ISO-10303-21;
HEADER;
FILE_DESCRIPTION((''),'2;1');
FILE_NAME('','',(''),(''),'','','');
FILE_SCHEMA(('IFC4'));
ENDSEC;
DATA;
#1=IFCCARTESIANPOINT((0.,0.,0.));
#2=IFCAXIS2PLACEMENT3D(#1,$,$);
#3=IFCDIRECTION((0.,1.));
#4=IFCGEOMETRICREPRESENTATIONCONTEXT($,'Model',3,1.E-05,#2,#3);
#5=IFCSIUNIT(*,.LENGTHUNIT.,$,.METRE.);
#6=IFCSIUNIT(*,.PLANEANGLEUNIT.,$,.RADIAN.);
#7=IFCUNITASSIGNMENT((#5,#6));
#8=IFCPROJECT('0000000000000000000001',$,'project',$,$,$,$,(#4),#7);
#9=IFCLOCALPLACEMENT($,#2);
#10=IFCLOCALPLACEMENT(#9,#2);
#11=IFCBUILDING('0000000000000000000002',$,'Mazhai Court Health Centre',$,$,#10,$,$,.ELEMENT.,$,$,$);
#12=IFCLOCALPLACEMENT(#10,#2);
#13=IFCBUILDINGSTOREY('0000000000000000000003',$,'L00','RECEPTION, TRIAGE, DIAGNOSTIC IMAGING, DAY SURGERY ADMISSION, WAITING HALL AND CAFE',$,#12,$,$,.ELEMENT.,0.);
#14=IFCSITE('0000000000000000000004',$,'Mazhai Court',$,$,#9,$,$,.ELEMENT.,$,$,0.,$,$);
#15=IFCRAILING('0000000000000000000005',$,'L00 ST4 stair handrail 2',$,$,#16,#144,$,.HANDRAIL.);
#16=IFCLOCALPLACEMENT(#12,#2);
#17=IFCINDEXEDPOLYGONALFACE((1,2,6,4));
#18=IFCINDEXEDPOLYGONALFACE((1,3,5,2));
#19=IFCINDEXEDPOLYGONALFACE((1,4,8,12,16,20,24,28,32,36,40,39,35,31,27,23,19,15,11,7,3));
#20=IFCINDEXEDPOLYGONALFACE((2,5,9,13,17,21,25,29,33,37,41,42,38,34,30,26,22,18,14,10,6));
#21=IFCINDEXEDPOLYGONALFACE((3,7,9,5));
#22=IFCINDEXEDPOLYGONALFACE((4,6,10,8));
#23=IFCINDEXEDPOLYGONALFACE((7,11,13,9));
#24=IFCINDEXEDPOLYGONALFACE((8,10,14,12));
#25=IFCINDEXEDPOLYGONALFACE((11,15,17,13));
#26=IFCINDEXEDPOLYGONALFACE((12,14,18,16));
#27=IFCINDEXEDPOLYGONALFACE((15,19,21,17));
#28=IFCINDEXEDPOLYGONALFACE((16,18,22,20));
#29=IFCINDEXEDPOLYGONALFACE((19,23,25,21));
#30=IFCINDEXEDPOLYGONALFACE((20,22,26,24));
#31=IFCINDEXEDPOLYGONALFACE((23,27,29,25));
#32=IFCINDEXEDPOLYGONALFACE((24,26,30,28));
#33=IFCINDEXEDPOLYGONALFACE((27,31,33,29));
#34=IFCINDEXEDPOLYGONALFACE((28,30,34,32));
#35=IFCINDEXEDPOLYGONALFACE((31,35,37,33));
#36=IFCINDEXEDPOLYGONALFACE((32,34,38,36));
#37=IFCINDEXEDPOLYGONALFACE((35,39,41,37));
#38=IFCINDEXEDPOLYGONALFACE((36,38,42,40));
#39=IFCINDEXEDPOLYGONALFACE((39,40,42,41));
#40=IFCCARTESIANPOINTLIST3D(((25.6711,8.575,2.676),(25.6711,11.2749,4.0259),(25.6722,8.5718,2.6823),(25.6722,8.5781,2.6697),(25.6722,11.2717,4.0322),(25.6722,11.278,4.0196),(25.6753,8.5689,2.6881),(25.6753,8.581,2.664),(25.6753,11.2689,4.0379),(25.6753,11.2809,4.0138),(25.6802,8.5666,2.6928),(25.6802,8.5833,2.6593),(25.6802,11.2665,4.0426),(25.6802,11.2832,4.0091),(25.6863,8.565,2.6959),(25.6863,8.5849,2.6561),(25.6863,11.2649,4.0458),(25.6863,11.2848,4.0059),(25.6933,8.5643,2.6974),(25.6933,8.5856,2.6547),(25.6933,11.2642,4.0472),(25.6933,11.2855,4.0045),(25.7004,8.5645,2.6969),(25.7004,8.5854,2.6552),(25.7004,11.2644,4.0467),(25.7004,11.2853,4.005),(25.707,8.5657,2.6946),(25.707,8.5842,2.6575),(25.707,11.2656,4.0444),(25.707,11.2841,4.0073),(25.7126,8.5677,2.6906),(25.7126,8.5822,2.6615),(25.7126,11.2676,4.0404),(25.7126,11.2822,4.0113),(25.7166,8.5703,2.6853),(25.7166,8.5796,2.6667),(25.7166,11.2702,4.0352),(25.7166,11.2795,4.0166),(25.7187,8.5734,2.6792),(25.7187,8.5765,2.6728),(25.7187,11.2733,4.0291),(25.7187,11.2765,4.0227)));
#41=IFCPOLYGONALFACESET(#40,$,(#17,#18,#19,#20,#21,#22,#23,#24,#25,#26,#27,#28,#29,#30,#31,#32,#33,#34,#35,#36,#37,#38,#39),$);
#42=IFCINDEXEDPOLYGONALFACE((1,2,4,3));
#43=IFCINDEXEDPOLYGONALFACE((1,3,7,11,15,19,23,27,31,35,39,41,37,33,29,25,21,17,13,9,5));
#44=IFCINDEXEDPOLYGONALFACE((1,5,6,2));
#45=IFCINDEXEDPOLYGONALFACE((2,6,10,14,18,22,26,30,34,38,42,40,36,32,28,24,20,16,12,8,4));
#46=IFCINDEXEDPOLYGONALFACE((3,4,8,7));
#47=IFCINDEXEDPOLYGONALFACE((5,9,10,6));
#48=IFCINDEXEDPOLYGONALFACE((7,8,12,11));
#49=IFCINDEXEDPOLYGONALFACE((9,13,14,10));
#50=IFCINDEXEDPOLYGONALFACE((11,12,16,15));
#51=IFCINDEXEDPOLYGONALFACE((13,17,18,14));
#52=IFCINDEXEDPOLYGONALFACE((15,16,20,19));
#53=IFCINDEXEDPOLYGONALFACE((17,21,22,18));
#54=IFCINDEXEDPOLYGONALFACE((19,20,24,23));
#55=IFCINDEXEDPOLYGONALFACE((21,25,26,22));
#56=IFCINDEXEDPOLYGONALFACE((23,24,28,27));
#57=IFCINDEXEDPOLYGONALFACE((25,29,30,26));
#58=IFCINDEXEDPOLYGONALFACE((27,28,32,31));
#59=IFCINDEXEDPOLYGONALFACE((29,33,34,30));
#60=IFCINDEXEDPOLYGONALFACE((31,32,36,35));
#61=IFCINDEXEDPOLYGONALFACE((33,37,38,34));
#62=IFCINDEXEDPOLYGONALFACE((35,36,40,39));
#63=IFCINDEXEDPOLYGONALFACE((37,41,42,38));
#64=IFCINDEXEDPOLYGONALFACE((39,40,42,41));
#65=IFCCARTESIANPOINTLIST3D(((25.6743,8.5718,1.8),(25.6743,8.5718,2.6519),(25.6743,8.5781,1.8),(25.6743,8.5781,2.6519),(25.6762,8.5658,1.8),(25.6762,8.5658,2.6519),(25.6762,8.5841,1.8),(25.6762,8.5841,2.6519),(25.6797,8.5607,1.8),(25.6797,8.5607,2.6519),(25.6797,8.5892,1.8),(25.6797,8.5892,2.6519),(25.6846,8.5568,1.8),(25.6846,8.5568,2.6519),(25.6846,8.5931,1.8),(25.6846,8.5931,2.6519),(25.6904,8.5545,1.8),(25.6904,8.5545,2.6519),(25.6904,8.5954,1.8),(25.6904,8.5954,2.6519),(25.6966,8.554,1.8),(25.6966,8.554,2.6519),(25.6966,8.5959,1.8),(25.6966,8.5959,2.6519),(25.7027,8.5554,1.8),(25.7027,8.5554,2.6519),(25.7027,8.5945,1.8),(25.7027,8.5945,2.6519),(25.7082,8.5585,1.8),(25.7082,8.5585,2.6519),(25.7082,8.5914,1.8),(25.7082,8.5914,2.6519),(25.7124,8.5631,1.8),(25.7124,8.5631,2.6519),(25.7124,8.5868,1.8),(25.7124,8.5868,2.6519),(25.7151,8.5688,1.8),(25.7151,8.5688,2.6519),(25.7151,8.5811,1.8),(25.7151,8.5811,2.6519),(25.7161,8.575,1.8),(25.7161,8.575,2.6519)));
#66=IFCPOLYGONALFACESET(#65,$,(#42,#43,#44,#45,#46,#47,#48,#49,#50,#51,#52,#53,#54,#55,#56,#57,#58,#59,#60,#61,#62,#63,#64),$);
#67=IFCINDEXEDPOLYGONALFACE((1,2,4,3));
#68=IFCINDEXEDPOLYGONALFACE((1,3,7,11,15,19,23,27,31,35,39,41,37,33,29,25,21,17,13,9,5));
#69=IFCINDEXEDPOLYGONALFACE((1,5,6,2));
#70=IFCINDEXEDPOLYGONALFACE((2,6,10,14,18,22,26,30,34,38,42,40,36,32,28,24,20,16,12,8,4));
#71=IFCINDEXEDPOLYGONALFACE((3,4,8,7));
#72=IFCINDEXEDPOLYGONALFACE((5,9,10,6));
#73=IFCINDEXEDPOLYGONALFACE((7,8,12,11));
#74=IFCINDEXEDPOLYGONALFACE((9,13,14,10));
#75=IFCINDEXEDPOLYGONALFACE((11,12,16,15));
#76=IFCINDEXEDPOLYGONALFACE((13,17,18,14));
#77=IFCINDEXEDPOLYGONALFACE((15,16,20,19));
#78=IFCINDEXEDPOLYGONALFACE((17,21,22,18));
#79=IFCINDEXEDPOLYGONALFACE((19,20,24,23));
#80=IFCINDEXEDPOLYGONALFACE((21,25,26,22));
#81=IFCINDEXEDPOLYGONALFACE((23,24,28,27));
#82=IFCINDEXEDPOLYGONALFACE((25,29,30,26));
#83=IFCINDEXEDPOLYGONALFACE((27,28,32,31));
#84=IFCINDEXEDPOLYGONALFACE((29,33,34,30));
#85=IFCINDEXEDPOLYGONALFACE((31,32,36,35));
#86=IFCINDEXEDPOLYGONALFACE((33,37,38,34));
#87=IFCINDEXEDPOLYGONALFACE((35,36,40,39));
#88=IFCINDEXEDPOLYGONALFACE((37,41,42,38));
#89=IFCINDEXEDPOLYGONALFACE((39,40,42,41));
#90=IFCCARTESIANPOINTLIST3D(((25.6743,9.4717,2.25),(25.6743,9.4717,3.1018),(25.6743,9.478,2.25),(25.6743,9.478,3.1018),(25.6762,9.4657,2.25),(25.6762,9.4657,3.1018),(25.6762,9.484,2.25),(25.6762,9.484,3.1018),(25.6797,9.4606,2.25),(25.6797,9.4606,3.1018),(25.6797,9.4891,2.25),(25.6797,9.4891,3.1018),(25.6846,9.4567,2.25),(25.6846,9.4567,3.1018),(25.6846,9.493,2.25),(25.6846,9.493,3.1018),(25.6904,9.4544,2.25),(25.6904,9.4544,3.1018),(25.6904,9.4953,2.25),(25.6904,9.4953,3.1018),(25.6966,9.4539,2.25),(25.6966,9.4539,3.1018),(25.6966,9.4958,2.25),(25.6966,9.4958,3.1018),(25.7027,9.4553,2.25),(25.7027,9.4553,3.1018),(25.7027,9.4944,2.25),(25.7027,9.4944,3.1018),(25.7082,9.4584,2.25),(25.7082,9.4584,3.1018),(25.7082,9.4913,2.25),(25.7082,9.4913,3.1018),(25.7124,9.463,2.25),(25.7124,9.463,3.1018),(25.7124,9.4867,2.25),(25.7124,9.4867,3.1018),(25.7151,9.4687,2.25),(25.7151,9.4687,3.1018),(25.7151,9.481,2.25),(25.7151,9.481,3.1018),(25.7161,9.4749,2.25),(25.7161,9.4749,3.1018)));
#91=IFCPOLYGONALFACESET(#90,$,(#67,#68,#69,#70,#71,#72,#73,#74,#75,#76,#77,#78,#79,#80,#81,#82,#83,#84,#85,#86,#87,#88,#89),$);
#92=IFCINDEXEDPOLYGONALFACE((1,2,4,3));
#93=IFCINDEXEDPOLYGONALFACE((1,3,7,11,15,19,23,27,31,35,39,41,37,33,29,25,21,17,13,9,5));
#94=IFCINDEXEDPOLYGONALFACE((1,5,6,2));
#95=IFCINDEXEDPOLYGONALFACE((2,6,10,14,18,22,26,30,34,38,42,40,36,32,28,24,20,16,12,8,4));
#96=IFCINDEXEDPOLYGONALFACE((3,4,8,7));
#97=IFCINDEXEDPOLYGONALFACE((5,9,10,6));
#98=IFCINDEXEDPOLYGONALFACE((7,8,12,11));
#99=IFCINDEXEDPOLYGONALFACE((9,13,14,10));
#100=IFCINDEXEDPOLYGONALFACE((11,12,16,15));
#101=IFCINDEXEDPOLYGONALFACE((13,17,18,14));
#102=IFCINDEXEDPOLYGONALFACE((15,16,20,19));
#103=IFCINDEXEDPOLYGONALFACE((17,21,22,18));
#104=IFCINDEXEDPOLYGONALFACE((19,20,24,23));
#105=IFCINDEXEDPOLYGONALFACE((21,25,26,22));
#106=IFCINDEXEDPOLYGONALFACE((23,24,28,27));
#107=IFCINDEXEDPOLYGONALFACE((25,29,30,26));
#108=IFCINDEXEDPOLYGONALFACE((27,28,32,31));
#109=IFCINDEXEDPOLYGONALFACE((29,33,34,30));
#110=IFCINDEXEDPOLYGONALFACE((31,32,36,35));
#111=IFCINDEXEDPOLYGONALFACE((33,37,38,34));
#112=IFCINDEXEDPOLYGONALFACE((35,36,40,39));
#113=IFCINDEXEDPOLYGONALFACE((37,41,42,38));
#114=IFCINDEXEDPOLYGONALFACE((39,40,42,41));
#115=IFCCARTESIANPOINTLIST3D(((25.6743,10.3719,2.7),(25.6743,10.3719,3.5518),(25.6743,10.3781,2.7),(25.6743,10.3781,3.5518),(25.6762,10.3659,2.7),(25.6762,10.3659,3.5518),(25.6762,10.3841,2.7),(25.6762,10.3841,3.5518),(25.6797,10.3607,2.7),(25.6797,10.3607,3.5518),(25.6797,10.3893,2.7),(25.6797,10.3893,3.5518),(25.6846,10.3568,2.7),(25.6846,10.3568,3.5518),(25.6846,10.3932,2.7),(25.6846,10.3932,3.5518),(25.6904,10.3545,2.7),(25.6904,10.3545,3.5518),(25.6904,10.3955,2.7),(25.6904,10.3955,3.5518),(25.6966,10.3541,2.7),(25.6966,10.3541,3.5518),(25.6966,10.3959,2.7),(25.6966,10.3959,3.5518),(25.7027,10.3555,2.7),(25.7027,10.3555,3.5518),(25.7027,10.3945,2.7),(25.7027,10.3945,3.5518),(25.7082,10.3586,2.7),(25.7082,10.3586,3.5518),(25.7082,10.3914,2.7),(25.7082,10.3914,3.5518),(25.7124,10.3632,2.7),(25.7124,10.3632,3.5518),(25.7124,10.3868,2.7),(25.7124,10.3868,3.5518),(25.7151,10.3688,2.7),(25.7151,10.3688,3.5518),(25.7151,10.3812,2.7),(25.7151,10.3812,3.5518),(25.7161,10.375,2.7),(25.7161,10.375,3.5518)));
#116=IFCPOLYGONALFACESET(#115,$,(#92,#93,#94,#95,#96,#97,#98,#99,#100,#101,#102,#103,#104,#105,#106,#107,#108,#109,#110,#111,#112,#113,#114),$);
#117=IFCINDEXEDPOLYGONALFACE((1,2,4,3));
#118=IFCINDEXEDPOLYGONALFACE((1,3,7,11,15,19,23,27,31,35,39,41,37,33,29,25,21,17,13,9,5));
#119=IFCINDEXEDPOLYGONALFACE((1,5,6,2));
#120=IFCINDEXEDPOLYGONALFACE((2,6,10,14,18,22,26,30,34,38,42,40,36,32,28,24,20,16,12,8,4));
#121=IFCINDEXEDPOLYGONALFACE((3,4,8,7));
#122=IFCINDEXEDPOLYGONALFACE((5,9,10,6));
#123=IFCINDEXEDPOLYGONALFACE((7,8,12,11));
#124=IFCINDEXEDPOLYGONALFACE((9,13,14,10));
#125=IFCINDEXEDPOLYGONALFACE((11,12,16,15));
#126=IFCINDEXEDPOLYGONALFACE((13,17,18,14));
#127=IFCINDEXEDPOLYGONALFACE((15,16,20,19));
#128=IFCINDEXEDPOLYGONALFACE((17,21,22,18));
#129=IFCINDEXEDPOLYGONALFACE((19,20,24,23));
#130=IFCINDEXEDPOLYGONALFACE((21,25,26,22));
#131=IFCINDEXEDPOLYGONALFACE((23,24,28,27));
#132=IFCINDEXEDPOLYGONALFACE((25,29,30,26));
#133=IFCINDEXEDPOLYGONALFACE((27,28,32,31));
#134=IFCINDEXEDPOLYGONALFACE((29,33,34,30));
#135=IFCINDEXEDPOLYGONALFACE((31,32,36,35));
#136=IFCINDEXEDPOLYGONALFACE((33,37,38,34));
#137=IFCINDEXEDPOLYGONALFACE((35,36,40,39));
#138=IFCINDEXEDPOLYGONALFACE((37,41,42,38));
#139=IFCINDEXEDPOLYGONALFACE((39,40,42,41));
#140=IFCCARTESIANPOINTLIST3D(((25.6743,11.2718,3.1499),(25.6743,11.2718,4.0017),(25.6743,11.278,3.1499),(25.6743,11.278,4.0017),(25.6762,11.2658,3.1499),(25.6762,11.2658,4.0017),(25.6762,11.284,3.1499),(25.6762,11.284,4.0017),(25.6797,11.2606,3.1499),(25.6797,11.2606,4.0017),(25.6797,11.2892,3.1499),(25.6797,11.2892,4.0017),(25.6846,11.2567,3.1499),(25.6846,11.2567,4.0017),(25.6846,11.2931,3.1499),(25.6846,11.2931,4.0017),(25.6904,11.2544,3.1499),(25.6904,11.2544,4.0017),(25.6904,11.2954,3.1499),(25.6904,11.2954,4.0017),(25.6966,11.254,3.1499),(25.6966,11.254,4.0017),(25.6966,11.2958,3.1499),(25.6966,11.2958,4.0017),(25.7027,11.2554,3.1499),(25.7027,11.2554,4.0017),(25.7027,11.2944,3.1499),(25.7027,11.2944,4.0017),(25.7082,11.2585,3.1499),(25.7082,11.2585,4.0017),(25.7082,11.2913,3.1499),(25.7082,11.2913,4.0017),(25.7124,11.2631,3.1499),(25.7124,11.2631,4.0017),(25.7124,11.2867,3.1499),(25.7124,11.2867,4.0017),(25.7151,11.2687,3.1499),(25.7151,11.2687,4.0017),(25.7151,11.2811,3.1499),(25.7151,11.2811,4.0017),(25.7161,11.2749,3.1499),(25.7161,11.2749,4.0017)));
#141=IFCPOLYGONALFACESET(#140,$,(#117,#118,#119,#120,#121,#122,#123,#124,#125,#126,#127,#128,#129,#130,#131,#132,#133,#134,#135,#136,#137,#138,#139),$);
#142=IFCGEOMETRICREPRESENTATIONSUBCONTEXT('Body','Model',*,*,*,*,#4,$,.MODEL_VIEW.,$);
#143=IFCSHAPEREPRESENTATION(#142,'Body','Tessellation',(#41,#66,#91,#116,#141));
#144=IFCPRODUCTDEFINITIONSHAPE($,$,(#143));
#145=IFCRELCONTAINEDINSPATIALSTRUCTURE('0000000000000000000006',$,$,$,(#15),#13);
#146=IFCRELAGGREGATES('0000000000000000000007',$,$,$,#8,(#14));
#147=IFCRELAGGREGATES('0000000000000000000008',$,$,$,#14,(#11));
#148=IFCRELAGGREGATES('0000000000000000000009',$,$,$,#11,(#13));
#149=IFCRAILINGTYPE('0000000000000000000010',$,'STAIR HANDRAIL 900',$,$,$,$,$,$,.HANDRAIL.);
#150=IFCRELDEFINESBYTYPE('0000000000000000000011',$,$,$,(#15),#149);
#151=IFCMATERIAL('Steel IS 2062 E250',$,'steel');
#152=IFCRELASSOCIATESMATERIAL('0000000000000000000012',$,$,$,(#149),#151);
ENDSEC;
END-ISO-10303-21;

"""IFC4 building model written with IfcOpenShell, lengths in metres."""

from ifc_helpers import new_model, si_unit, direction, frame, origin, origin_2d, place, context, subcontext, project, spatial, circle, extrude, material, type_object, element, save


model = new_model("IFC4")

# Units and contexts
model_context = context("Model", 3, precision=1e-05, world=origin(), true_north=direction((0.0, 1.0)))
body_context = subcontext(model_context, "Body", "Model", "MODEL_VIEW")
ifc_project = project(units=[si_unit("LENGTHUNIT", "METRE"), si_unit("PLANEANGLEUNIT", "RADIAN")], contexts=[model_context])

# Site, building, storey
site_placement = place(None, origin())
site = spatial("IfcSite", under=ifc_project, at=site_placement, Name="Mazhai Court", CompositionType="ELEMENT", RefElevation=0.0)
building_placement = place(site_placement, origin())
building = spatial("IfcBuilding", under=site, at=building_placement, Name="Mazhai Court Health Centre", CompositionType="ELEMENT")
storey_placement = place(building_placement, origin())
storey = spatial("IfcBuildingStorey", under=building, at=storey_placement, Name="L00", Description="RECEPTION, TRIAGE, DIAGNOSTIC IMAGING, DAY SURGERY ADMISSION, WAITING HALL AND CAFE", CompositionType="ELEMENT", Elevation=0.0)

# Railing
ifc_material_1 = material(Name="Steel IS 2062 E250", Category="steel")
railing_type = type_object("IfcRailingType", Name="STAIR HANDRAIL 900", PredefinedType="HANDRAIL", material=ifc_material_1)
railing_1_placement = place(storey_placement, frame((25.6951, 8.575, 1.8)))
element("IfcRailing", 1, at=railing_1_placement, inside=storey, type_object=railing_type, Name="L00 ST4 stair handrail 2", PredefinedType="HANDRAIL", context=body_context, shape_type="SweptSolid", body=[
    extrude(circle(Radius=0.0239, at=origin_2d()), frame((0.0, 0.0, 0.876), z_axis=(0.0, 0.894443, 0.447181), x_axis=(-1.0, 0.0, 0.0)), (0.0, 0.0, 1.0), 3.0186),
    extrude(circle(Radius=0.021, at=origin_2d()), origin(), (0.0, 0.0, 1.0), 0.8518),
    extrude(circle(Radius=0.021, at=origin_2d()), frame((0.0, 0.8999, 0.45)), (0.0, 0.0, 1.0), 0.8518),
    extrude(circle(Radius=0.021, at=origin_2d()), frame((0.0, 1.8, 0.8999)), (0.0, 0.0, 1.0), 0.8518),
    extrude(circle(Radius=0.021, at=origin_2d()), frame((0.0, 2.7, 1.3499)), (0.0, 0.0, 1.0), 0.8518),
])

save(model, "model.ifc")
